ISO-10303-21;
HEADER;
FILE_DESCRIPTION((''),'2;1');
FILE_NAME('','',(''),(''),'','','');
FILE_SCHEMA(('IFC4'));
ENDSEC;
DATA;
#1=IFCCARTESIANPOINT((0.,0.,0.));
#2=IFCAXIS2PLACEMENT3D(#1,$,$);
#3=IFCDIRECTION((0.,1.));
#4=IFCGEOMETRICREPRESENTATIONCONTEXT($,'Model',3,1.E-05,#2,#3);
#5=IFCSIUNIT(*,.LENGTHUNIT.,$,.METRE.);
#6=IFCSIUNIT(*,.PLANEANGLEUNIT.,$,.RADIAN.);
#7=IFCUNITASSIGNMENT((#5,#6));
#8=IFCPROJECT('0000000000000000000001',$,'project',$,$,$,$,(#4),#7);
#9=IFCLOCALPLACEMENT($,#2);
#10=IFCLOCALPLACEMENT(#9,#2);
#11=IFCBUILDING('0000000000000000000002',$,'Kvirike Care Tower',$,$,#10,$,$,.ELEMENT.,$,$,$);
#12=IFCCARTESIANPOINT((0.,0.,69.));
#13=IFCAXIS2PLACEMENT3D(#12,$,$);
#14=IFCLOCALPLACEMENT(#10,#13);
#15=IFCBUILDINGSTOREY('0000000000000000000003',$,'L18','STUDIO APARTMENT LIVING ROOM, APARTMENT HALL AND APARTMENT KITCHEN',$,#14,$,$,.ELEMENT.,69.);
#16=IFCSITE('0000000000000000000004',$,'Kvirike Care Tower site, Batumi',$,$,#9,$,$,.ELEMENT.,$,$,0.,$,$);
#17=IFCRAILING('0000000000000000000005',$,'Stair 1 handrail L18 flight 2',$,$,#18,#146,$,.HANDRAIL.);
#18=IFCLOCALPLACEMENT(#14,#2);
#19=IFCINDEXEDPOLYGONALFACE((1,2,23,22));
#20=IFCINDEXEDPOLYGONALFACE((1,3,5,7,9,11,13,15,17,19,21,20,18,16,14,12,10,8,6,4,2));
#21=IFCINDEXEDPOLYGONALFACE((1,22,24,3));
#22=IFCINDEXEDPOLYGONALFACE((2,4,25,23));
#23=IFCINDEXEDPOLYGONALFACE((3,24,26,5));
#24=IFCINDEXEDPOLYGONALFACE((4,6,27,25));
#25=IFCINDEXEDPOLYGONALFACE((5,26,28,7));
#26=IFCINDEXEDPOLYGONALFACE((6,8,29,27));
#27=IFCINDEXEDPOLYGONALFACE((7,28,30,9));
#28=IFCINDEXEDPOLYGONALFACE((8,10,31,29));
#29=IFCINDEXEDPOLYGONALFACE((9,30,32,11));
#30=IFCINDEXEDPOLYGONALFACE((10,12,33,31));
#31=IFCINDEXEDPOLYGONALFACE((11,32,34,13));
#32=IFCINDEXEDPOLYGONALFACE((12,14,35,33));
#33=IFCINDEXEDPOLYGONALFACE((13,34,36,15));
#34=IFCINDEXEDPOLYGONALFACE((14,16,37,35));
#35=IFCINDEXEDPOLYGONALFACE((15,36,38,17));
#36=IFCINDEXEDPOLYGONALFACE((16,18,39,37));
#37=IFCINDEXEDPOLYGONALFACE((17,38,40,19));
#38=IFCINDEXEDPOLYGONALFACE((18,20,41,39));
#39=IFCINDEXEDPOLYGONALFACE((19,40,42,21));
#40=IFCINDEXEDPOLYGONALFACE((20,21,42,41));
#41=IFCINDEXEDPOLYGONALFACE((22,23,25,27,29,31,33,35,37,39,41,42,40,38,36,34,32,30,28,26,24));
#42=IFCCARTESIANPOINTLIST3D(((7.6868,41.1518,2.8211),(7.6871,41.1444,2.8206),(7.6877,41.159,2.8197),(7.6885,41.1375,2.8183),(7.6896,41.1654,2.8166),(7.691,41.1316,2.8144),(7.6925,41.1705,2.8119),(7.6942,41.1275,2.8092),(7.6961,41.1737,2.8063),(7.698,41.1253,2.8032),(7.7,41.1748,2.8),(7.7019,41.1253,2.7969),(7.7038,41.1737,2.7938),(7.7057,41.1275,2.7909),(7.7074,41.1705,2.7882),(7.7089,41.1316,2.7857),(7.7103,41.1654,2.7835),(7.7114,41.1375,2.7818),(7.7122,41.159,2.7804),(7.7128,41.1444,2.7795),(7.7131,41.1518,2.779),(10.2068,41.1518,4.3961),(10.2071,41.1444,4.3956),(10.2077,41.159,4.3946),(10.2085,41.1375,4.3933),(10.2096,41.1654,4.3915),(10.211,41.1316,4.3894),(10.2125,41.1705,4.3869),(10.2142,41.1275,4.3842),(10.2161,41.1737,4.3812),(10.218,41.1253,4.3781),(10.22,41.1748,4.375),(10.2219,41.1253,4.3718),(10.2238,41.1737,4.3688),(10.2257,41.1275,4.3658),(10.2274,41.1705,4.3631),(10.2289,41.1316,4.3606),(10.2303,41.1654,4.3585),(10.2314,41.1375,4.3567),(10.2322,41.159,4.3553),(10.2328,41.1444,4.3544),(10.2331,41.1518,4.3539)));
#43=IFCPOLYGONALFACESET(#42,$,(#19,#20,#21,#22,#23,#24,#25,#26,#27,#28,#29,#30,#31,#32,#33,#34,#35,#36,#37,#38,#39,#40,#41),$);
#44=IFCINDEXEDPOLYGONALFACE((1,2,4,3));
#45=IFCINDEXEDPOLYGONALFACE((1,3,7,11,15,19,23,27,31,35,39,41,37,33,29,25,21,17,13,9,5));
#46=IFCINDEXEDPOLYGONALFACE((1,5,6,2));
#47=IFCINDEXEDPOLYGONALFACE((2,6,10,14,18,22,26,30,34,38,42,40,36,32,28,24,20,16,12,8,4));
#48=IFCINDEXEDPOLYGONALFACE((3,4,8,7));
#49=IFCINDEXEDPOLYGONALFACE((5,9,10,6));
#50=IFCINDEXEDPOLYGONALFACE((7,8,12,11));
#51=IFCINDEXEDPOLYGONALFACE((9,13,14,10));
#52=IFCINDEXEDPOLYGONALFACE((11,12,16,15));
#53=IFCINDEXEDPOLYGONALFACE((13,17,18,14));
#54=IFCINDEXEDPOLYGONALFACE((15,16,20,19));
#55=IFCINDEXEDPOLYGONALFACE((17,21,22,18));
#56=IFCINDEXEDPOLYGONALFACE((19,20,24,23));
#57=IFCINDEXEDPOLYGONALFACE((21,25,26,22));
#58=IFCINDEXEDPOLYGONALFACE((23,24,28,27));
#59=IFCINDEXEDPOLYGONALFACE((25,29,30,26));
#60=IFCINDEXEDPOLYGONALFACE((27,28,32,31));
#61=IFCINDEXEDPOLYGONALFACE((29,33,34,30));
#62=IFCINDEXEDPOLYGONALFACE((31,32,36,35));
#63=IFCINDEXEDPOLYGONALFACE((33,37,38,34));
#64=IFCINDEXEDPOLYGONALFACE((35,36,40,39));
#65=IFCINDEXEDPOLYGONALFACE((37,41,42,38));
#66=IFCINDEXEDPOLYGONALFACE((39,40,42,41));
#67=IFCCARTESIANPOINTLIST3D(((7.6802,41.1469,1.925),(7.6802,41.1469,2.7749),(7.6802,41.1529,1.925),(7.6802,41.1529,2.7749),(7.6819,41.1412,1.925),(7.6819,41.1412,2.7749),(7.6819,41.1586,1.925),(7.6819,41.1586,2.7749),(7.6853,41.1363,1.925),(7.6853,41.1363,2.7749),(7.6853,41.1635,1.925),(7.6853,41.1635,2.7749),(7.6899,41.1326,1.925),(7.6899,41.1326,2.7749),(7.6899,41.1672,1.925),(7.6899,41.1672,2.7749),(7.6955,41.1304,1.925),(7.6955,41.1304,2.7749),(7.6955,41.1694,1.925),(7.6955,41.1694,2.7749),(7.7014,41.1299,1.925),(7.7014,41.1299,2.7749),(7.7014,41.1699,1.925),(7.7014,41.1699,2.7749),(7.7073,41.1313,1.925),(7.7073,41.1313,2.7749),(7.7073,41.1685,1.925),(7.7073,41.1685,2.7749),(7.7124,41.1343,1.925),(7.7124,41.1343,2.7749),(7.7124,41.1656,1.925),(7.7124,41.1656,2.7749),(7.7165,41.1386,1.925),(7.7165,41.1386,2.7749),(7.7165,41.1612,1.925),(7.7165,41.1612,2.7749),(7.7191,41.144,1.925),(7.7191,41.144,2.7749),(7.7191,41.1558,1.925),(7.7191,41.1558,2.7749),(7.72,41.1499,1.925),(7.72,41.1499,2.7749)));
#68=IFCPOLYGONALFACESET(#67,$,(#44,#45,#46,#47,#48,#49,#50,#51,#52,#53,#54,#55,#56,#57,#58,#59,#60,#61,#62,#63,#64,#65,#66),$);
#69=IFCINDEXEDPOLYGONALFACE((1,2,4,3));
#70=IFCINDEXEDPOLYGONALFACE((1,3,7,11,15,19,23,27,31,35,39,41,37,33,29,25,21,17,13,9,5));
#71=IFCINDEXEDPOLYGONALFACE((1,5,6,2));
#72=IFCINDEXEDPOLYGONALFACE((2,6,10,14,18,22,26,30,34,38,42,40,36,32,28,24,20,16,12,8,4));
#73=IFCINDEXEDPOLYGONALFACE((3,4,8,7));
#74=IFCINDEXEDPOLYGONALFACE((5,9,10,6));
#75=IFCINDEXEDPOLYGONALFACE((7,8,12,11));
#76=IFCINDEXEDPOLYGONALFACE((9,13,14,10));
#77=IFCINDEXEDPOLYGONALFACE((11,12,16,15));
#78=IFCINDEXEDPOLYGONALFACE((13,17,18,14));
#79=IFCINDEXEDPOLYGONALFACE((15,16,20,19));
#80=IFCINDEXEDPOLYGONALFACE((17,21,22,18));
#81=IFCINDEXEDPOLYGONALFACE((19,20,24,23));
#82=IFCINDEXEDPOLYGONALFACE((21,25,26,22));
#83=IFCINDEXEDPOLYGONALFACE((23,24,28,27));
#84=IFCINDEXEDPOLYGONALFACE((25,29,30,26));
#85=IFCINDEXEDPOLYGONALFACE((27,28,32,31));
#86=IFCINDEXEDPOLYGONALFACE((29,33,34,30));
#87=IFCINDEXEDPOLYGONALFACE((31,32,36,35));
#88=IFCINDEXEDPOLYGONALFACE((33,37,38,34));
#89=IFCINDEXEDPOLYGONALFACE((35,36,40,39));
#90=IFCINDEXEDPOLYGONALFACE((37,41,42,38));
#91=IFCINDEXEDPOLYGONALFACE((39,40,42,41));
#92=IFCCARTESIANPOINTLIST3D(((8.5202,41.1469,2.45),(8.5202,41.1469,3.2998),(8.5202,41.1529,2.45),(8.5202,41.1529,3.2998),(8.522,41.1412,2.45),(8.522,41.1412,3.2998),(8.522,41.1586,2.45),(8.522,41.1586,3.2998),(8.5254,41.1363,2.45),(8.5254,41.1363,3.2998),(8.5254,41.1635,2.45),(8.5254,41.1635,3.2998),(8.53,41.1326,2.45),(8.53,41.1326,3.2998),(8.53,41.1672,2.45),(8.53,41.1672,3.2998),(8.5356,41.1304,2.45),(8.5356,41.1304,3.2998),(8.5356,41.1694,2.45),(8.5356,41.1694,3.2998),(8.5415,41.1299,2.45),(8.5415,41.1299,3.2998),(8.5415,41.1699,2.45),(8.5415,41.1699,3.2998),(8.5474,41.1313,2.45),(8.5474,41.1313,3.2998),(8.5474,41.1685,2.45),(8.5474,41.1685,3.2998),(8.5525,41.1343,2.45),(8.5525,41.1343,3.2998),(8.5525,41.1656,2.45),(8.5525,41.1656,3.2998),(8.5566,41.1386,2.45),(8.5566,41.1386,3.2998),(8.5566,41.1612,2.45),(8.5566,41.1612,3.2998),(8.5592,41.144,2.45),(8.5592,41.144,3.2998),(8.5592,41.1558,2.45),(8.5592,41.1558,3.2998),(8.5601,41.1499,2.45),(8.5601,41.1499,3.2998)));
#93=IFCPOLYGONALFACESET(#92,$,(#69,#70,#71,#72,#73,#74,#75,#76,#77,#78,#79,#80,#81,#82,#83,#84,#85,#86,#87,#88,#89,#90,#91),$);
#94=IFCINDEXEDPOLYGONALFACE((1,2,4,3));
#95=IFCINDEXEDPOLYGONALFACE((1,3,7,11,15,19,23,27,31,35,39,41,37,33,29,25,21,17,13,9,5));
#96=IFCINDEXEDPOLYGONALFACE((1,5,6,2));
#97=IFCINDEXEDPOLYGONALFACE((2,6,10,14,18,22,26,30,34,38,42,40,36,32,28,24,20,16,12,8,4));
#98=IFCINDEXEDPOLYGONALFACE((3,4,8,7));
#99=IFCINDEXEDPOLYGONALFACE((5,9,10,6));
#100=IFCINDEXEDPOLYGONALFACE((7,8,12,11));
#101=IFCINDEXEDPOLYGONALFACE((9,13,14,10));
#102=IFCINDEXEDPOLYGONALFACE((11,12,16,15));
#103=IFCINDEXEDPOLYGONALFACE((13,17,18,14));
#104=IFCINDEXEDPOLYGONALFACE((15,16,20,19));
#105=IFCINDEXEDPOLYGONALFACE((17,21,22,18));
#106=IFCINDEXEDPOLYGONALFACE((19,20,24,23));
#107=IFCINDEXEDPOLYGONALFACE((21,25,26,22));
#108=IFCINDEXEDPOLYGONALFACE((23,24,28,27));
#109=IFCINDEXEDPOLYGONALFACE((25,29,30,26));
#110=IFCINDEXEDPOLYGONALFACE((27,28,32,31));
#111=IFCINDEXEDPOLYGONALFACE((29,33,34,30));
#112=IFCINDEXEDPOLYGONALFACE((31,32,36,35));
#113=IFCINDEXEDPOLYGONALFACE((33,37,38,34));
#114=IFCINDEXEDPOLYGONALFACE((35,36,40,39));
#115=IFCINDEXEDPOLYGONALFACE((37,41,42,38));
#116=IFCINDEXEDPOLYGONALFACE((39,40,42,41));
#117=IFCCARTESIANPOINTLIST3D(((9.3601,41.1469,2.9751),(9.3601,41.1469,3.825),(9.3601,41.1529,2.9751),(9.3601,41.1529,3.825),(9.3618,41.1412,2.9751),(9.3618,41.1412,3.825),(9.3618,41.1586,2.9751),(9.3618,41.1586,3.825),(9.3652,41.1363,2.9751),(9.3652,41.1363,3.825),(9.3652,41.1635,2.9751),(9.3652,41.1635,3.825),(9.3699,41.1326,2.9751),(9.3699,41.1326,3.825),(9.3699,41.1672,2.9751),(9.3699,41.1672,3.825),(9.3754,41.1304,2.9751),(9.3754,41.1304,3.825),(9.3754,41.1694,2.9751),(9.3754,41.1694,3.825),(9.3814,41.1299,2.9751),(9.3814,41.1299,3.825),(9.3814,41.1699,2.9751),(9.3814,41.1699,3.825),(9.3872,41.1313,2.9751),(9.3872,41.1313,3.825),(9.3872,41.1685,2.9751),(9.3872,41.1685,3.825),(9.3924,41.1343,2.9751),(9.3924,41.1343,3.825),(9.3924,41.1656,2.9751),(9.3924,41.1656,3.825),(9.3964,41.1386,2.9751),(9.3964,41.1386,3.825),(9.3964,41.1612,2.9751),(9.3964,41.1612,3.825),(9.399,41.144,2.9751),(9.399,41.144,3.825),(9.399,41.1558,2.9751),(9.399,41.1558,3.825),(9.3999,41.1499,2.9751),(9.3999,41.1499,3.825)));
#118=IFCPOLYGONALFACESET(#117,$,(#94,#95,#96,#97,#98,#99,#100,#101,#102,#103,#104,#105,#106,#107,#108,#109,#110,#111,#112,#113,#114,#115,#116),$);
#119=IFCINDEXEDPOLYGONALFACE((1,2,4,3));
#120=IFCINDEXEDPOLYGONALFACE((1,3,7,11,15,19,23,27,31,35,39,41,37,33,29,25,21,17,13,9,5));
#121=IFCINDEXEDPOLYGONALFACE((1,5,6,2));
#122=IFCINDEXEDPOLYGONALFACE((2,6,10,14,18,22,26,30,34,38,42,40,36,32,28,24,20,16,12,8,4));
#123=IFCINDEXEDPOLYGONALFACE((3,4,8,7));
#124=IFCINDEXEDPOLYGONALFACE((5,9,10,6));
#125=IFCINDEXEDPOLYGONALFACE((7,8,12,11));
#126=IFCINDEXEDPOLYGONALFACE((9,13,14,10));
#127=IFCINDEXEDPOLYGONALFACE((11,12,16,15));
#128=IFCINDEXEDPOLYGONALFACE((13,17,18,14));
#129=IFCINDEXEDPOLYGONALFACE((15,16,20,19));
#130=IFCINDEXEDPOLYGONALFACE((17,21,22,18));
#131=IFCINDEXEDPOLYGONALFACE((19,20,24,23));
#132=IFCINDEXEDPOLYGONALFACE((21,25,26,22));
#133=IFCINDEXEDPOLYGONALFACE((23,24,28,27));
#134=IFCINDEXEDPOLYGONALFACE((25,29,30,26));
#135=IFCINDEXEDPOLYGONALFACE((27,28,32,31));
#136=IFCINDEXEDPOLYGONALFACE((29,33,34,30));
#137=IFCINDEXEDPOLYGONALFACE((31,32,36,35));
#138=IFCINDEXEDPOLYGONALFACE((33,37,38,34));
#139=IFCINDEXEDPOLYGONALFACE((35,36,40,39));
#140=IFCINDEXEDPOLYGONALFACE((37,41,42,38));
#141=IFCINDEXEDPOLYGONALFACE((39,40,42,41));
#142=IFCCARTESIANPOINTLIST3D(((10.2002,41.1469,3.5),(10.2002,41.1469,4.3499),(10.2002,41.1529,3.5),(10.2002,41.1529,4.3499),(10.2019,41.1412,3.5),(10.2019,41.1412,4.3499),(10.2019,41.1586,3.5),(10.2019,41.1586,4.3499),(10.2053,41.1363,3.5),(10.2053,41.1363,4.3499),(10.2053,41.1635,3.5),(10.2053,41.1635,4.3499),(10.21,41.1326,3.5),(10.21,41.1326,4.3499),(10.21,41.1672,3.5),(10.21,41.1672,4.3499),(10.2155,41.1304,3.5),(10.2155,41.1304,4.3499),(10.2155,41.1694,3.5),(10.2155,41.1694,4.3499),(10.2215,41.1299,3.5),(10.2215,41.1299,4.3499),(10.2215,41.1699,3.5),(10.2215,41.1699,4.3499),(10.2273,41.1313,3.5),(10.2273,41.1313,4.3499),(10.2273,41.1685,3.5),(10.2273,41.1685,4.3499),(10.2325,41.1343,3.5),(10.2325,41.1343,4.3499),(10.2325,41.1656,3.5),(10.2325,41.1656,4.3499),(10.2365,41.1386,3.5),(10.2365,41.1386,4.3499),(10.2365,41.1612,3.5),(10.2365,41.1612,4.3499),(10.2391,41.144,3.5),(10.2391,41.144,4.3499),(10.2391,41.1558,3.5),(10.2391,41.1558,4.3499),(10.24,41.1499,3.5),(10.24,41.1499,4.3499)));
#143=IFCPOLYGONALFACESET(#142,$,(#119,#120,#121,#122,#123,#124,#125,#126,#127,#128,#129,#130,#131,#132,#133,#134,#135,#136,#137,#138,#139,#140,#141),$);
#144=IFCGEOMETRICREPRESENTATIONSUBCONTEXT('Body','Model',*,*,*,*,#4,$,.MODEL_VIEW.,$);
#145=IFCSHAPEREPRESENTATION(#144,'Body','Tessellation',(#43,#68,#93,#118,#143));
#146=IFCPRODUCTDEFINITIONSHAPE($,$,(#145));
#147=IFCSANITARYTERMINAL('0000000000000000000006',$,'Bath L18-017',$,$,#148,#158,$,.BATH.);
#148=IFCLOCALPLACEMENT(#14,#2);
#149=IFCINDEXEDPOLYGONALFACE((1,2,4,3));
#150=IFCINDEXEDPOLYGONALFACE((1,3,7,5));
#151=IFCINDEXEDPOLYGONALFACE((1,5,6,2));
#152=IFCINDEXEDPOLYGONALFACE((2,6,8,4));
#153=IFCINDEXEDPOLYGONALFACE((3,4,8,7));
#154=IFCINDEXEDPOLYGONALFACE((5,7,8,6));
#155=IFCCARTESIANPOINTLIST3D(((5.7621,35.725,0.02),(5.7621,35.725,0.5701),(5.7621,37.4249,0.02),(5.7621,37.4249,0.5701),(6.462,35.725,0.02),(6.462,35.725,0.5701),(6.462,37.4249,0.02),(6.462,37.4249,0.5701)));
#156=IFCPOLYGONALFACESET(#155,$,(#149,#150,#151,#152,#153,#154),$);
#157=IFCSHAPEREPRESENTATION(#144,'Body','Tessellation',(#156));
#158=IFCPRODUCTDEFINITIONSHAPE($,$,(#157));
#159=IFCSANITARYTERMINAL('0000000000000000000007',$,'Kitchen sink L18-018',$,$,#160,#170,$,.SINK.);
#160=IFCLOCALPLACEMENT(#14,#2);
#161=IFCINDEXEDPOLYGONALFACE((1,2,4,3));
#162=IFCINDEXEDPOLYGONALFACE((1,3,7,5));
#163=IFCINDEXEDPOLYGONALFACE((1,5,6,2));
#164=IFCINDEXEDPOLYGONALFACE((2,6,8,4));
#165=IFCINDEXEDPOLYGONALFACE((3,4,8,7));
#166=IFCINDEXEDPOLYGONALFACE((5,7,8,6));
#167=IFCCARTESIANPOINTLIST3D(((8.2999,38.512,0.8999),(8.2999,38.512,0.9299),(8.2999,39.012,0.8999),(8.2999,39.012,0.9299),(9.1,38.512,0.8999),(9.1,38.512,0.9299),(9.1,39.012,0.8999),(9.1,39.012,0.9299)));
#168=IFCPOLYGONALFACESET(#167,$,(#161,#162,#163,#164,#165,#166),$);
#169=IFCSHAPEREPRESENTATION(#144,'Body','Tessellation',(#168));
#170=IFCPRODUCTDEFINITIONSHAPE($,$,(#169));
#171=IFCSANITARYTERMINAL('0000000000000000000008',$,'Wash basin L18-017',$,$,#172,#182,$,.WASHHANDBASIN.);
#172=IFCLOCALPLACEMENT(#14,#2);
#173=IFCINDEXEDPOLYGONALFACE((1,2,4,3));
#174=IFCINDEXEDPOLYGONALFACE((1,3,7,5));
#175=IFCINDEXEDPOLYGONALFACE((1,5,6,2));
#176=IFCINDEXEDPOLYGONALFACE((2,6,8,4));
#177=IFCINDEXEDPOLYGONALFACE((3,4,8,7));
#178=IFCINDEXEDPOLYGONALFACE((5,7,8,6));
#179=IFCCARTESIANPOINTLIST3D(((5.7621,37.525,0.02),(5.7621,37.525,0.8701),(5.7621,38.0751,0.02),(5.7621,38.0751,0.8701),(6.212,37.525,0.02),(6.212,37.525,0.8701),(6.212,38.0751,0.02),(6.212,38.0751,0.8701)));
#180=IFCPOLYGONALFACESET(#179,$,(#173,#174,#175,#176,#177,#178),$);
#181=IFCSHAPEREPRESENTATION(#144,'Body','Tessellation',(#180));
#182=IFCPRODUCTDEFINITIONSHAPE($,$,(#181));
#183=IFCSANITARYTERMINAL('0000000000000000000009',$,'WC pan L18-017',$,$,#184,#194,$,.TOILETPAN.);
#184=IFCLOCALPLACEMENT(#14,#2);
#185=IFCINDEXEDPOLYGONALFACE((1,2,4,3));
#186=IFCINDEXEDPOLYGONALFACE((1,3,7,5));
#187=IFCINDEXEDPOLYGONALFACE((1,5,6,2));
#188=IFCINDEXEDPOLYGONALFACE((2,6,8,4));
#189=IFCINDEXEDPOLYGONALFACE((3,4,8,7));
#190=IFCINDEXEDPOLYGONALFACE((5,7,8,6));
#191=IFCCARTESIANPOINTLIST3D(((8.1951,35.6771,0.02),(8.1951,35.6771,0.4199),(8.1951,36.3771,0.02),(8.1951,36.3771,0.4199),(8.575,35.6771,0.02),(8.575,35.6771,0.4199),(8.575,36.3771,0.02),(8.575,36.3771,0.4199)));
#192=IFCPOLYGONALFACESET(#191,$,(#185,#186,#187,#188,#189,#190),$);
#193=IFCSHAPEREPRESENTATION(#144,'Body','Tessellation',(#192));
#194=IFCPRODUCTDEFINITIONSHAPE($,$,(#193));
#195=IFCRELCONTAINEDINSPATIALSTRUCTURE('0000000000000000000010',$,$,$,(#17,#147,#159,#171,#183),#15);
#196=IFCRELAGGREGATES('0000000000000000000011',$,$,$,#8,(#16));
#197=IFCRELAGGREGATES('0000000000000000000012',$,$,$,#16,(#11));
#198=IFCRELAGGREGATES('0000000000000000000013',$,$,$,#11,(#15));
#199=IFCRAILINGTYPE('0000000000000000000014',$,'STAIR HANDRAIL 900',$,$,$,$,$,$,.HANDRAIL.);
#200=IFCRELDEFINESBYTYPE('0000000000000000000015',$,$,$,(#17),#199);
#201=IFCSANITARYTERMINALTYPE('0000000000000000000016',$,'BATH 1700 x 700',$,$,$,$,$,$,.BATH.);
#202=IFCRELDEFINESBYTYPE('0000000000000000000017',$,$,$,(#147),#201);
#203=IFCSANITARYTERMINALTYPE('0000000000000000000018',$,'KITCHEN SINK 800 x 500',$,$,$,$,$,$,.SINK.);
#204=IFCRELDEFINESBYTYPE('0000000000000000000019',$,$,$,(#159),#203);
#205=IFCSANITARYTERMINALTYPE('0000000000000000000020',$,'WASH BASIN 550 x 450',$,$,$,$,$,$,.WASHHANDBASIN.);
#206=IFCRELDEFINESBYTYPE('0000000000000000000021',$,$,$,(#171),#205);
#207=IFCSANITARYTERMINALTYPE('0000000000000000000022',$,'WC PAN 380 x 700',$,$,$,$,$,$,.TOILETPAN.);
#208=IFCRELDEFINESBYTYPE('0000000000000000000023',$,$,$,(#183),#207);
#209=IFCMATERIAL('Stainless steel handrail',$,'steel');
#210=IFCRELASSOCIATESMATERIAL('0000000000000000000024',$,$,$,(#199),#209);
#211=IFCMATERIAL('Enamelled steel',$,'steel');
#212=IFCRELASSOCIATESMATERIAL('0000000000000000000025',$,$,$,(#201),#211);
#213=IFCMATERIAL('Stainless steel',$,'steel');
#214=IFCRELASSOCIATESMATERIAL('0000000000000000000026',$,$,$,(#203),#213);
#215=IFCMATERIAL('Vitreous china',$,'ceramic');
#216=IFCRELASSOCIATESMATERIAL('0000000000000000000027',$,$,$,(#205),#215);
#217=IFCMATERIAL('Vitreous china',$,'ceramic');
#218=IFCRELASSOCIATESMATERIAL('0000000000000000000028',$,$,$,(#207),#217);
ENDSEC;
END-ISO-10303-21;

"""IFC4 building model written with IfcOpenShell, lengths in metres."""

from ifc_helpers import new_model, si_unit, direction, frame, origin, origin_2d, place, context, subcontext, project, spatial, rectangle, circle, extrude, material, type_object, element, save


model = new_model("IFC4")

# Units and contexts
model_context = context("Model", 3, precision=1e-05, world=origin(), true_north=direction((0.0, 1.0)))
body_context = subcontext(model_context, "Body", "Model", "MODEL_VIEW")
ifc_project = project(units=[si_unit("LENGTHUNIT", "METRE"), si_unit("PLANEANGLEUNIT", "RADIAN")], contexts=[model_context])

# Site, building, storey
site_placement = place(None, origin())
site = spatial("IfcSite", under=ifc_project, at=site_placement, Name="Kvirike Care Tower site, Batumi", CompositionType="ELEMENT", RefElevation=0.0)
building_placement = place(site_placement, origin())
building = spatial("IfcBuilding", under=site, at=building_placement, Name="Kvirike Care Tower", CompositionType="ELEMENT")
storey_placement = place(building_placement, frame((0.0, 0.0, 69.0)))
storey = spatial("IfcBuildingStorey", under=building, at=storey_placement, Name="L18", Description="STUDIO APARTMENT LIVING ROOM, APARTMENT HALL AND APARTMENT KITCHEN", CompositionType="ELEMENT", Elevation=69.0)

# Railing
ifc_material_1 = material(Name="Stainless steel handrail", Category="steel")
railing_type = type_object("IfcRailingType", Name="STAIR HANDRAIL 900", PredefinedType="HANDRAIL", material=ifc_material_1)
railing_1_placement = place(storey_placement, frame((7.7, 41.1499, 1.925)))
element("IfcRailing", 1, at=railing_1_placement, inside=storey, type_object=railing_type, Name="Stair 1 handrail L18 flight 2", PredefinedType="HANDRAIL", context=body_context, shape_type="SweptSolid", body=[
    extrude(circle(Radius=0.0249, at=origin_2d()), frame((0.0, 0.0, 0.875), z_axis=(0.848008, 0.0, 0.529984), x_axis=(0.0, 1.0, 0.0)), (0.0, 0.0, 1.0), 2.9717),
    extrude(circle(Radius=0.02, at=origin_2d()), origin(), (0.0, 0.0, 1.0), 0.8499),
    extrude(circle(Radius=0.02, at=origin_2d()), frame((0.8401, 0.0, 0.5249)), (0.0, 0.0, 1.0), 0.8499),
    extrude(circle(Radius=0.02, at=origin_2d()), frame((1.6799, 0.0, 1.05)), (0.0, 0.0, 1.0), 0.8499),
    extrude(circle(Radius=0.02, at=origin_2d()), frame((2.52, 0.0, 1.575)), (0.0, 0.0, 1.0), 0.8499),
])

# Sanitary terminals
ifc_material_2 = material(Name="Enamelled steel", Category="steel")
sanitary_terminal_type_1 = type_object("IfcSanitaryTerminalType", Name="BATH 1700 x 700", PredefinedType="BATH", material=ifc_material_2)
sanitary_terminal_1_placement = place(storey_placement, frame((6.1121, 36.575, 0.02), z_axis=(0.0, 0.0, 1.0), x_axis=(0.0, 1.0, 0.0)))
element("IfcSanitaryTerminal", 2, at=sanitary_terminal_1_placement, inside=storey, type_object=sanitary_terminal_type_1, Name="Bath L18-017", PredefinedType="BATH", context=body_context, shape_type="SweptSolid", body=[
    extrude(rectangle(XDim=1.7, YDim=0.7, at=origin_2d()), origin(), (0.0, 0.0, 1.0), 0.55),
])
ifc_material_3 = material(Name="Stainless steel", Category="steel")
sanitary_terminal_type_2 = type_object("IfcSanitaryTerminalType", Name="KITCHEN SINK 800 x 500", PredefinedType="SINK", material=ifc_material_3)
sanitary_terminal_2_placement = place(storey_placement, frame((8.7, 38.762, 0.8999), z_axis=(0.0, 0.0, 1.0), x_axis=(-1.0, 0.0, 0.0)))
element("IfcSanitaryTerminal", 3, at=sanitary_terminal_2_placement, inside=storey, type_object=sanitary_terminal_type_2, Name="Kitchen sink L18-018", PredefinedType="SINK", context=body_context, shape_type="SweptSolid", body=[
    extrude(rectangle(XDim=0.8, YDim=0.5, at=origin_2d()), origin(), (0.0, 0.0, 1.0), 0.03),
])
ifc_material_4 = material(Name="Vitreous china", Category="ceramic")
sanitary_terminal_type_3 = type_object("IfcSanitaryTerminalType", Name="WASH BASIN 550 x 450", PredefinedType="WASHHANDBASIN", material=ifc_material_4)
sanitary_terminal_3_placement = place(storey_placement, frame((5.9871, 37.8, 0.02), z_axis=(0.0, 0.0, 1.0), x_axis=(0.0, 1.0, 0.0)))
element("IfcSanitaryTerminal", 4, at=sanitary_terminal_3_placement, inside=storey, type_object=sanitary_terminal_type_3, Name="Wash basin L18-017", PredefinedType="WASHHANDBASIN", context=body_context, shape_type="SweptSolid", body=[
    extrude(rectangle(XDim=0.55, YDim=0.45, at=origin_2d()), origin(), (0.0, 0.0, 1.0), 0.8501),
])
ifc_material_5 = material(Name="Vitreous china", Category="ceramic")
sanitary_terminal_type_4 = type_object("IfcSanitaryTerminalType", Name="WC PAN 380 x 700", PredefinedType="TOILETPAN", material=ifc_material_5)
sanitary_terminal_4_placement = place(storey_placement, frame((8.385, 36.0271, 0.02), z_axis=(0.0, 0.0, 1.0), x_axis=(-1.0, 0.0, 0.0)))
element("IfcSanitaryTerminal", 5, at=sanitary_terminal_4_placement, inside=storey, type_object=sanitary_terminal_type_4, Name="WC pan L18-017", PredefinedType="TOILETPAN", context=body_context, shape_type="SweptSolid", body=[
    extrude(rectangle(XDim=0.3799, YDim=0.7, at=origin_2d()), origin(), (0.0, 0.0, 1.0), 0.3999),
])

save(model, "model.ifc")
